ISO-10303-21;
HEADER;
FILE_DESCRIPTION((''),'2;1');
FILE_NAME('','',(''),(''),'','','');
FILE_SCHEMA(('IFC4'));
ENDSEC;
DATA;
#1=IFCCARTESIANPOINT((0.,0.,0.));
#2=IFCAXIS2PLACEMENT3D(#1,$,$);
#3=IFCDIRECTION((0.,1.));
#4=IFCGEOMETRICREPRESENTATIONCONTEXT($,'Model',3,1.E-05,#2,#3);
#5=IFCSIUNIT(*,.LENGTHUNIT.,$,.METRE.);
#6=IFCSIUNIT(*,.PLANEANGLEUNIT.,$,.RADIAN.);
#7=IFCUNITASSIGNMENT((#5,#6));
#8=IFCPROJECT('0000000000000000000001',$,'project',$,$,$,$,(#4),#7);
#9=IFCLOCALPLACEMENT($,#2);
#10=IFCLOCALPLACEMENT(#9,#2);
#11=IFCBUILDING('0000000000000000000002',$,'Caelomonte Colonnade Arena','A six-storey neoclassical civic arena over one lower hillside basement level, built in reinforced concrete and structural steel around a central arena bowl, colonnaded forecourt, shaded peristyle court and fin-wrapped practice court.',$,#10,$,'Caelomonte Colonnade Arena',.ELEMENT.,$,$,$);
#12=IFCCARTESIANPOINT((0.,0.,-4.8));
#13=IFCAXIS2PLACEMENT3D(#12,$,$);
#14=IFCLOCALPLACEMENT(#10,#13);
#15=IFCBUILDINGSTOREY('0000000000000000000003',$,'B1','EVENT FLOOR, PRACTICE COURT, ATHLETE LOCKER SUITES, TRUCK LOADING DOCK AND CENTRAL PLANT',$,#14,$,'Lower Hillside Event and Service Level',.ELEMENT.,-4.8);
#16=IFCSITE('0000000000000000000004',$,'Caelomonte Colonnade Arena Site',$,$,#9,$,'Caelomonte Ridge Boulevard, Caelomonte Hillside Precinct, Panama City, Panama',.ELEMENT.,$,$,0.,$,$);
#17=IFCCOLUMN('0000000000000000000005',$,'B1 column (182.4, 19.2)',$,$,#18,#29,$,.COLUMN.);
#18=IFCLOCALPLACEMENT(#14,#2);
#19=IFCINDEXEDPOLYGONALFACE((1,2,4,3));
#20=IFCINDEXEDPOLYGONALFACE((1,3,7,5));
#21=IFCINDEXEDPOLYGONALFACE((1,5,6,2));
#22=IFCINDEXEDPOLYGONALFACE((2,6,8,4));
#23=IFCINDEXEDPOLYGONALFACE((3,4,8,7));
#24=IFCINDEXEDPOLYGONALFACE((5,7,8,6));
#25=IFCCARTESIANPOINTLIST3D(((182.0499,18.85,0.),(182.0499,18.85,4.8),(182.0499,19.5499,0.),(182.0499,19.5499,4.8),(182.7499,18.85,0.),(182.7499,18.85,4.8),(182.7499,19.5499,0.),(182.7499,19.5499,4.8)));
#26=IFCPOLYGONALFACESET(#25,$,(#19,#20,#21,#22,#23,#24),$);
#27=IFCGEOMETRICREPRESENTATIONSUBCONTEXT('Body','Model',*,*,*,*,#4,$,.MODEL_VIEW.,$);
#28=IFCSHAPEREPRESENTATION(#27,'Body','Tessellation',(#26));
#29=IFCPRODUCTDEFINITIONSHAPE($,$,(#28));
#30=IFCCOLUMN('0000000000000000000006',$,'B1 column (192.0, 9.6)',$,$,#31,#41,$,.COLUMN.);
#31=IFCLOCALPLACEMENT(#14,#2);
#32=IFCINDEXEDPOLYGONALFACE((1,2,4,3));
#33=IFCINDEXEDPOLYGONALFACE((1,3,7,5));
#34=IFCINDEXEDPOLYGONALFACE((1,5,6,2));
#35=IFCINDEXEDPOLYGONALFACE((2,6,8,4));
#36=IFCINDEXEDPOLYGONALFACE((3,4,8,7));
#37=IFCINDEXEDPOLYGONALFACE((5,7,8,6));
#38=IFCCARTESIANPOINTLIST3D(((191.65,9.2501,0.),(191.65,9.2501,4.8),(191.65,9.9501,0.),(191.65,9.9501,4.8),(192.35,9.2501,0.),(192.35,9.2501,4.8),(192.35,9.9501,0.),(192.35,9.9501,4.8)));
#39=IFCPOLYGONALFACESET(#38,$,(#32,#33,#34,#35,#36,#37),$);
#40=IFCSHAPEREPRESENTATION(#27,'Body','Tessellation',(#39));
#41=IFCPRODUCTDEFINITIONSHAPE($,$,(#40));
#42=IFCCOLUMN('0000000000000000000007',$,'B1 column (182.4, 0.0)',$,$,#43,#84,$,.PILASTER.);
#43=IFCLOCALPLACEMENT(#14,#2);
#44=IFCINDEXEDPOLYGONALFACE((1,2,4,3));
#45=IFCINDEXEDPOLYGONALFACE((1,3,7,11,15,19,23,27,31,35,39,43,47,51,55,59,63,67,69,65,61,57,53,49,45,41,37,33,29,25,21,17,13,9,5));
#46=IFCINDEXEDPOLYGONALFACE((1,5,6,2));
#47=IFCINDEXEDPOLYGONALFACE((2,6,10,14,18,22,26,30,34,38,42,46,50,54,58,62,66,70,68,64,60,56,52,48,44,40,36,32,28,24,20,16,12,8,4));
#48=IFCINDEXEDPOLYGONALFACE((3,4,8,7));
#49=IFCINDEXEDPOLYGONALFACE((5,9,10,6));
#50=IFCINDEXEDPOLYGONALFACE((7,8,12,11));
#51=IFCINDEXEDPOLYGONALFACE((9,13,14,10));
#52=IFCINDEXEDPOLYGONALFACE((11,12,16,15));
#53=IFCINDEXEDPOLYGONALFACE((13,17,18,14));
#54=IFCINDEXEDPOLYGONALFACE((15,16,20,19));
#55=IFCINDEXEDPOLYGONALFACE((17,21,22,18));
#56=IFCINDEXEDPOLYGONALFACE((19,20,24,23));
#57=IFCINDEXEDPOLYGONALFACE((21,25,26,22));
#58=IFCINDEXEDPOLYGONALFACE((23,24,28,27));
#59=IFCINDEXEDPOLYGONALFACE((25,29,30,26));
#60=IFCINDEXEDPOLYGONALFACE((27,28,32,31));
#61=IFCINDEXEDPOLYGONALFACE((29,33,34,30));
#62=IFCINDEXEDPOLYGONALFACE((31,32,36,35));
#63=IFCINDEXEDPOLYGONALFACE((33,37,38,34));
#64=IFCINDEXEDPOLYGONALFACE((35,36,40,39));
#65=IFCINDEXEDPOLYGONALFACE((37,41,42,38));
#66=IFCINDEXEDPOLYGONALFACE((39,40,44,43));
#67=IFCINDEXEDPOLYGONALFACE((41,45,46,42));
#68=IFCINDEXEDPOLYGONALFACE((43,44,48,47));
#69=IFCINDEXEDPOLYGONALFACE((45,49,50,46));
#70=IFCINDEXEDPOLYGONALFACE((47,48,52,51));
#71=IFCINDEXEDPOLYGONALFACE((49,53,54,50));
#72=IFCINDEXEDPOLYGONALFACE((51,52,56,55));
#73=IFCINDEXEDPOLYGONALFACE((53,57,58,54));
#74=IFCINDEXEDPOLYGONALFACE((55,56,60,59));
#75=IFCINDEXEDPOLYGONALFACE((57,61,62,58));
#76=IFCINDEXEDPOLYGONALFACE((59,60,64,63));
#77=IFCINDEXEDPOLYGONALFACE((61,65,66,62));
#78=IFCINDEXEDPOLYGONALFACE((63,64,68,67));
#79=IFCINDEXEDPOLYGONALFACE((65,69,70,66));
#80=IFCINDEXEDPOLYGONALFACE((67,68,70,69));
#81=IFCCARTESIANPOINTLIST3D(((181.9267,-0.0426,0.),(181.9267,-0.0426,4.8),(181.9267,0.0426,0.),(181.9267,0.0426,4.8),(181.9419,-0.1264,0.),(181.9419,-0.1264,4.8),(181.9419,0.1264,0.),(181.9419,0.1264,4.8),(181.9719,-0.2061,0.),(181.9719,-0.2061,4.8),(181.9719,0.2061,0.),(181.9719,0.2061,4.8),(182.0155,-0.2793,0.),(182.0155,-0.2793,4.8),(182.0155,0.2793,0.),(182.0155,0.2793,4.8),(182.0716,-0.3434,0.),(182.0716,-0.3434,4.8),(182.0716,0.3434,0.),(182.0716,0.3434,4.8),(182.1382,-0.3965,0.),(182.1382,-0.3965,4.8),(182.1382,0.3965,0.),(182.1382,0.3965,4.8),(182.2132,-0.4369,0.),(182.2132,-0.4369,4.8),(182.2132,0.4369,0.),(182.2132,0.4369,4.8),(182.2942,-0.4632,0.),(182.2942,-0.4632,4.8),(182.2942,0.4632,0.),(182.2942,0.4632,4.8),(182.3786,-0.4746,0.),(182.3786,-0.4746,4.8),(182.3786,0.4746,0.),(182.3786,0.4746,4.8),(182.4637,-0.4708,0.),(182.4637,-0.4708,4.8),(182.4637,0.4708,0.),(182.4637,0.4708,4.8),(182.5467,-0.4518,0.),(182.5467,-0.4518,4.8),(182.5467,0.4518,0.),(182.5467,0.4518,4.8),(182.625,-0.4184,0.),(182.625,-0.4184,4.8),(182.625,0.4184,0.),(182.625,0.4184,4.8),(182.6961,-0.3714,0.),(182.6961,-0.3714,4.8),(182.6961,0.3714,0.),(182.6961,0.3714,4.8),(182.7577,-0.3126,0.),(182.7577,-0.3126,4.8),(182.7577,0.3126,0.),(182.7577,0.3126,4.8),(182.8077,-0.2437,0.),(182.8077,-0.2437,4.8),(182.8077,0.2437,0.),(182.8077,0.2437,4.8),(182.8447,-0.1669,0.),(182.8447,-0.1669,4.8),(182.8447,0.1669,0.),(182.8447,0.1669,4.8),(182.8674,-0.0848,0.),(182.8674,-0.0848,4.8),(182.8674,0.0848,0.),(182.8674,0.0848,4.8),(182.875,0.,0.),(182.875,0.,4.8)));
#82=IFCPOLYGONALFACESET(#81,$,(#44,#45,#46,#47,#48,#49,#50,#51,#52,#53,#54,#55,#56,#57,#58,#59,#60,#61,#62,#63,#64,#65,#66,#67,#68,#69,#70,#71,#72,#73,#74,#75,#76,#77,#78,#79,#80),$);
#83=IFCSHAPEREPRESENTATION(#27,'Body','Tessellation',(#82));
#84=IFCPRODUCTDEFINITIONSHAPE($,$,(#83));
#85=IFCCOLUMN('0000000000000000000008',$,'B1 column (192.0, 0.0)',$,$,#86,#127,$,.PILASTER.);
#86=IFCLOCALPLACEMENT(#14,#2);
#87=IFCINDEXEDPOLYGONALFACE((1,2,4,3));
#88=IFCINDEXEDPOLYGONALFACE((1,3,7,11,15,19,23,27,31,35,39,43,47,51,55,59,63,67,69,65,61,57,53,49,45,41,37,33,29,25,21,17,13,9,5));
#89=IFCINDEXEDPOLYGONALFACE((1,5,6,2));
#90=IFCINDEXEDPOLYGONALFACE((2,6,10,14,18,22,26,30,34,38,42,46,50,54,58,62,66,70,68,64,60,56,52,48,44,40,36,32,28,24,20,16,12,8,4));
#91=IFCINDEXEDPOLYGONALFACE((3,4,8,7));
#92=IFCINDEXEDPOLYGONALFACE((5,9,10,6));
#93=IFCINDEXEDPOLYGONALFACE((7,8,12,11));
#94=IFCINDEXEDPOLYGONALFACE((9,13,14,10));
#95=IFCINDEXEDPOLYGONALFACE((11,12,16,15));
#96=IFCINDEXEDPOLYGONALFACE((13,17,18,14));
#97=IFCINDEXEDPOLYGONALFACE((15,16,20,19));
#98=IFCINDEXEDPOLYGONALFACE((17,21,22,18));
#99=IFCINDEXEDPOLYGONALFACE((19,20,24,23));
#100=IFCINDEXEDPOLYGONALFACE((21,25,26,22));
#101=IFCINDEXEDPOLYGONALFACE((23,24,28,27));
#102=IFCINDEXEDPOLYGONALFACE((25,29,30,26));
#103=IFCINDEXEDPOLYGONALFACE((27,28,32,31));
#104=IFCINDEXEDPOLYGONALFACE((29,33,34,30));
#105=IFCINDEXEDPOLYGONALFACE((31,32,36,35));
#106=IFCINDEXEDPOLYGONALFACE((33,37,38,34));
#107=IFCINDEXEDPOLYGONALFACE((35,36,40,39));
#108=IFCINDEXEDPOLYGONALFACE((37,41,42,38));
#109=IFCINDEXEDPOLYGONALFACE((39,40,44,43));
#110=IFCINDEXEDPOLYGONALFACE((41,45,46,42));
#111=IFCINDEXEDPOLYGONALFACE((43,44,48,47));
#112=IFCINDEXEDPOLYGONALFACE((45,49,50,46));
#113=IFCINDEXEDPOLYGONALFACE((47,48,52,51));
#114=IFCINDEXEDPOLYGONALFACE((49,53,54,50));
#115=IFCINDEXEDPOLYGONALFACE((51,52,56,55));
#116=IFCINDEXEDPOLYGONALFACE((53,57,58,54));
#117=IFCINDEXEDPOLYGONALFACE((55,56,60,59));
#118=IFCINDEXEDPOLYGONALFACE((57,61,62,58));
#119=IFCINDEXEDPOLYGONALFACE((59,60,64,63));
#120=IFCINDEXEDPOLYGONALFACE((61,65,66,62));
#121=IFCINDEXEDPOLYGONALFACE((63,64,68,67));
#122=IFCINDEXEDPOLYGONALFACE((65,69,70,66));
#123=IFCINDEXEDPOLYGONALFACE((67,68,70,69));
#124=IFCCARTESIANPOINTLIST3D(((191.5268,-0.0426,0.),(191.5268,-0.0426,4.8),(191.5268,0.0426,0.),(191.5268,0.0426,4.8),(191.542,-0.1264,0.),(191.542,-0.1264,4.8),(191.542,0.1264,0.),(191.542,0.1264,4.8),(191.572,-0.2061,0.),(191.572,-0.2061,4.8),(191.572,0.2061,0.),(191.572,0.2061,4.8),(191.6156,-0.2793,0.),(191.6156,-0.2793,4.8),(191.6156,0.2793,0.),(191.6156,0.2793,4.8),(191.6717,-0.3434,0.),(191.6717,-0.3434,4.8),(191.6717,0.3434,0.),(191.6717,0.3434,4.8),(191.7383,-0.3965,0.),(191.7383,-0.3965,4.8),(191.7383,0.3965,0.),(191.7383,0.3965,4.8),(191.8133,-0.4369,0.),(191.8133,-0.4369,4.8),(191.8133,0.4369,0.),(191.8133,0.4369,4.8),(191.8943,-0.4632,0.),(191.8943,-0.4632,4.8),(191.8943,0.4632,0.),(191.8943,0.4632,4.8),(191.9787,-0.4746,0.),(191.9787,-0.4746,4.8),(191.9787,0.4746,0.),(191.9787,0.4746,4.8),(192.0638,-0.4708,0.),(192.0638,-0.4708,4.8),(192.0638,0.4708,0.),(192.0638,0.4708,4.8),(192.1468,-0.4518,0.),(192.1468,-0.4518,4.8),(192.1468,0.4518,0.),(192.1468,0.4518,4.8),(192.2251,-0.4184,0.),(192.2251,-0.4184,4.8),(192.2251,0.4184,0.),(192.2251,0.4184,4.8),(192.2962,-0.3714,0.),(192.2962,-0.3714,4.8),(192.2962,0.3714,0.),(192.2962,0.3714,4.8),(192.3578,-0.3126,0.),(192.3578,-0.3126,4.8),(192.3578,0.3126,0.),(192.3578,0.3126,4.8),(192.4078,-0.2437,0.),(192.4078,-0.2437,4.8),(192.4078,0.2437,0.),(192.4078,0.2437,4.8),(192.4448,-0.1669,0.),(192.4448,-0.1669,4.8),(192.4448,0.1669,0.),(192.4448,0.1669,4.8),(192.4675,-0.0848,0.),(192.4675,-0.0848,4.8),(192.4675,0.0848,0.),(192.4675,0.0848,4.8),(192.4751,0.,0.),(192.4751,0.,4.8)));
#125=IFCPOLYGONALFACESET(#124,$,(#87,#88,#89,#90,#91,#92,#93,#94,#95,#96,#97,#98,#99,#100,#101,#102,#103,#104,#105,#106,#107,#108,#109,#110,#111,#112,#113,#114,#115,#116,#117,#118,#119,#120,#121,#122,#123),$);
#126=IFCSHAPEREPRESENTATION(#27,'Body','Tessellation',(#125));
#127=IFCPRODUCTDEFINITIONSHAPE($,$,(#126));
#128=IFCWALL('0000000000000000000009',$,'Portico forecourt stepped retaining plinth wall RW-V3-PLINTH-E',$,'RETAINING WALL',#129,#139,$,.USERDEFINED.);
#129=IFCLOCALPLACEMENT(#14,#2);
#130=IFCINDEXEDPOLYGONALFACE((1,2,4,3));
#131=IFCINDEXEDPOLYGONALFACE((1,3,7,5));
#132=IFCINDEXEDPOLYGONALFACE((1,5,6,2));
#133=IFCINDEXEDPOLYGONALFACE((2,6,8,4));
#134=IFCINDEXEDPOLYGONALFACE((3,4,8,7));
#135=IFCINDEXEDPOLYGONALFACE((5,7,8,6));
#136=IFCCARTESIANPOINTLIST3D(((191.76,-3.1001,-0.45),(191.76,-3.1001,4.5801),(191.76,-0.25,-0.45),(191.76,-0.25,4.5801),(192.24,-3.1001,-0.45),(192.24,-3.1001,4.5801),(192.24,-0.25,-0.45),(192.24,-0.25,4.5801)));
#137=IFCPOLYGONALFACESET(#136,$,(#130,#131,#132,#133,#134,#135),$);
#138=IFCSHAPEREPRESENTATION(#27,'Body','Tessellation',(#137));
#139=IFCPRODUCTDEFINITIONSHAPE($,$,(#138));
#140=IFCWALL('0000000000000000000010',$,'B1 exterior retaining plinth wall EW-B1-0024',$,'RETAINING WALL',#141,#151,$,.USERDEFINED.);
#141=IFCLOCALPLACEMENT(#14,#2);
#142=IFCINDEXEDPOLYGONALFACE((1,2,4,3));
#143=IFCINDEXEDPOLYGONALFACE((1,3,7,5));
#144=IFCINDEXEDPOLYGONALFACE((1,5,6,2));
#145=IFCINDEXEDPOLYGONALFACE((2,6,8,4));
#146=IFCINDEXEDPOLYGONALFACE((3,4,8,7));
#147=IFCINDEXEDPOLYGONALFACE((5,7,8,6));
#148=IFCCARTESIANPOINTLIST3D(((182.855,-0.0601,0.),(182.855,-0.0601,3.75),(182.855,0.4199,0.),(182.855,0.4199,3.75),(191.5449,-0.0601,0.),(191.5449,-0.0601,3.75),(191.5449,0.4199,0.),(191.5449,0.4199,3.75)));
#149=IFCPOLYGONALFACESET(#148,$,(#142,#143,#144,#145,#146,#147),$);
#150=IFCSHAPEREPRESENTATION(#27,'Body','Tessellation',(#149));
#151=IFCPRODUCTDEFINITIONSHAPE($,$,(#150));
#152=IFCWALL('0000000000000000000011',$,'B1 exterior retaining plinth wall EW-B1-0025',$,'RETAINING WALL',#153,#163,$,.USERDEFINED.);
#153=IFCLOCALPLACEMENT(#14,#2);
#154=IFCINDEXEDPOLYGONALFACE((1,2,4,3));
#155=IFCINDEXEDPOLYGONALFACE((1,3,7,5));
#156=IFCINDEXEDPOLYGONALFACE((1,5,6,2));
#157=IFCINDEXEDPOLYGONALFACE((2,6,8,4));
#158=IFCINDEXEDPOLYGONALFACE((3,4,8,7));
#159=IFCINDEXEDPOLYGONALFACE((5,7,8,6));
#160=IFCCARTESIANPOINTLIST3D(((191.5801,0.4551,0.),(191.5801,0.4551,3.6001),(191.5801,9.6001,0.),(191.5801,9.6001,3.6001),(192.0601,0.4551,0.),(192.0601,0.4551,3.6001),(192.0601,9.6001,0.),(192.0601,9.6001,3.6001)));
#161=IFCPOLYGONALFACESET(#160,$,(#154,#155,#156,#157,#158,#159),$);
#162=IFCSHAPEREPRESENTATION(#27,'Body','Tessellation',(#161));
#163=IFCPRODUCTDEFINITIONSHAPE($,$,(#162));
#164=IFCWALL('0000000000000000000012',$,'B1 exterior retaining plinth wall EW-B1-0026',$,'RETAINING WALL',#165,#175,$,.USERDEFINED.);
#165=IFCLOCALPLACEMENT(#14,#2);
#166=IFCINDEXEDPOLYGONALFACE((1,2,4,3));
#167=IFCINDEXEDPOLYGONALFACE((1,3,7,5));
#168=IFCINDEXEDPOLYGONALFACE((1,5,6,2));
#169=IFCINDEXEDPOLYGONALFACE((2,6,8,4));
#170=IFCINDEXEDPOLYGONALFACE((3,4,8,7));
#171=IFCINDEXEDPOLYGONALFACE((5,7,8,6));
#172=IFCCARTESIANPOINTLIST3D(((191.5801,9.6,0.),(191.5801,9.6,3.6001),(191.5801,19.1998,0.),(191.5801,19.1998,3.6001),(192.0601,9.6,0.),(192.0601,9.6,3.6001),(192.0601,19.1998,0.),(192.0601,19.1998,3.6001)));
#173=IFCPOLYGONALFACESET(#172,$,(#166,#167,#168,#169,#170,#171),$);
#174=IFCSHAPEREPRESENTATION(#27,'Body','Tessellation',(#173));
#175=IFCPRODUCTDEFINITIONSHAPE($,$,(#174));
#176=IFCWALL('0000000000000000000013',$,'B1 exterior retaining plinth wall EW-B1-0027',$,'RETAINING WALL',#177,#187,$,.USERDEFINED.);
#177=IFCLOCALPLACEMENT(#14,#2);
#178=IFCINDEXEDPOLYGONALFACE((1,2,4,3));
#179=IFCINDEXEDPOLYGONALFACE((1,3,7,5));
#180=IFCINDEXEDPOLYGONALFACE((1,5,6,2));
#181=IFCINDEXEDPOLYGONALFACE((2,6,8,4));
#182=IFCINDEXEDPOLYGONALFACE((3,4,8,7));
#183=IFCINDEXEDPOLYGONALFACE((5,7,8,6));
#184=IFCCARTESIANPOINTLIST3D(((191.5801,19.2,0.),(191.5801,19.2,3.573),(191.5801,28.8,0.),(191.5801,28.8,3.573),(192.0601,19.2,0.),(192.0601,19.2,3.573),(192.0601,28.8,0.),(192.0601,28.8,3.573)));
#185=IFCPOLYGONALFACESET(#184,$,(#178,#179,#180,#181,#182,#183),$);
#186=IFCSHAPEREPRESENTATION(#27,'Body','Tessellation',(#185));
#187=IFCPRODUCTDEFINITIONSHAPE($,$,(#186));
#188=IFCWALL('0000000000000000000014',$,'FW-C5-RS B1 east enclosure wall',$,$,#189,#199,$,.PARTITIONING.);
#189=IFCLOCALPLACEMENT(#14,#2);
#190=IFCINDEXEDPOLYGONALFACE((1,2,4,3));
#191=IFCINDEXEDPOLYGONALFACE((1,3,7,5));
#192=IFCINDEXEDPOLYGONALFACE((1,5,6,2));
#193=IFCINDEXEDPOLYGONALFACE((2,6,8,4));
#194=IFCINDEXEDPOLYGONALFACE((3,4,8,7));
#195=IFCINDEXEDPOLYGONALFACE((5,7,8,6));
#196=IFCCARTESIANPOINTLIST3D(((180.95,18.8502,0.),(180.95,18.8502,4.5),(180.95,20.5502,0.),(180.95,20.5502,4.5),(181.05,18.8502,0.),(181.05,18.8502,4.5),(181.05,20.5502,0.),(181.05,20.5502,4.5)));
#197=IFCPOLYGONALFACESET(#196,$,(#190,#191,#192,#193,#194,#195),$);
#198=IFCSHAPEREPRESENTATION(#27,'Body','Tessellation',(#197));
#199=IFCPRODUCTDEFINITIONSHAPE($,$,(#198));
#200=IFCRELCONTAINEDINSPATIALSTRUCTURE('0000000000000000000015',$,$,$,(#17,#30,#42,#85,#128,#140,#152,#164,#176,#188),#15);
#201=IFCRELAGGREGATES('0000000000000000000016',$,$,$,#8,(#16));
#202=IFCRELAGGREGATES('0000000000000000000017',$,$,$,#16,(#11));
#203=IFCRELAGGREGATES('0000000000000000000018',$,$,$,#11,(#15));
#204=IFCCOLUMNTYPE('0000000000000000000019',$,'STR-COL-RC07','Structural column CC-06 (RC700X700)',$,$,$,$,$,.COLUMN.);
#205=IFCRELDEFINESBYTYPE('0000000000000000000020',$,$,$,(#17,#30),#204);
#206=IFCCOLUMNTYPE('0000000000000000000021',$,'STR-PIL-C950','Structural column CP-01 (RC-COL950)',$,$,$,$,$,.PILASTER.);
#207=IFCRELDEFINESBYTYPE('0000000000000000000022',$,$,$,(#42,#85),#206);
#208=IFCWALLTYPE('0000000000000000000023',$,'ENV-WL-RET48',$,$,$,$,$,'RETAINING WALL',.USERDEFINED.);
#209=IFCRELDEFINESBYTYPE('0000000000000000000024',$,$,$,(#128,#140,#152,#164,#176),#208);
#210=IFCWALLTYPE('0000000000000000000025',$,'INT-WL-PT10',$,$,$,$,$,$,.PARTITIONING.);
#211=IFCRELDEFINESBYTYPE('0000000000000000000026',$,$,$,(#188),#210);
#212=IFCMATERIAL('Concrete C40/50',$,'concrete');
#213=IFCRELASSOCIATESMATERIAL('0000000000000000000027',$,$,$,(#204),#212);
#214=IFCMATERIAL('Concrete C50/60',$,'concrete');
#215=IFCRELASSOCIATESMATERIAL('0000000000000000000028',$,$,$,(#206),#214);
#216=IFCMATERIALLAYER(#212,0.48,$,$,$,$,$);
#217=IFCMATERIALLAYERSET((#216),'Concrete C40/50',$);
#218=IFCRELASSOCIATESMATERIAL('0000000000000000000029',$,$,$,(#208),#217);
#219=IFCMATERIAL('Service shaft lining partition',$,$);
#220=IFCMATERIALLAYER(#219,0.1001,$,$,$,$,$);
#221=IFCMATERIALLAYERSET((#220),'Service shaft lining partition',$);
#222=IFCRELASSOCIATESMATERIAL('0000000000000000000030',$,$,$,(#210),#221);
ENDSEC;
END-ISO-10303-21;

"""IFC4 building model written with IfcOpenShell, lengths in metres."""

from ifc_helpers import new_model, si_unit, direction, frame, frame_2d, origin, origin_2d, place, context, subcontext, project, spatial, rectangle, circle, extrude, material, layer, layer_set, material_profile, profile_set, type_object, element, save


model = new_model("IFC4")

# Units and contexts
model_context = context("Model", 3, precision=1e-05, world=origin(), true_north=direction((0.0, 1.0)))
body_context = subcontext(model_context, "Body", "Model", "MODEL_VIEW")
ifc_project = project(units=[si_unit("LENGTHUNIT", "METRE"), si_unit("PLANEANGLEUNIT", "RADIAN")], contexts=[model_context])

# Site, building, storey
site_placement = place(None, origin())
site = spatial("IfcSite", under=ifc_project, at=site_placement, Name="Caelomonte Colonnade Arena Site", LongName="Caelomonte Ridge Boulevard, Caelomonte Hillside Precinct, Panama City, Panama", CompositionType="ELEMENT", RefElevation=0.0)
building_placement = place(site_placement, origin())
building = spatial("IfcBuilding", under=site, at=building_placement, Name="Caelomonte Colonnade Arena", Description="A six-storey neoclassical civic arena over one lower hillside basement level, built in reinforced concrete and structural steel around a central arena bowl, colonnaded forecourt, shaded peristyle court and fin-wrapped practice court.", LongName="Caelomonte Colonnade Arena", CompositionType="ELEMENT")
storey_placement = place(building_placement, frame((0.0, 0.0, -4.8)))
storey = spatial("IfcBuildingStorey", under=building, at=storey_placement, Name="B1", Description="EVENT FLOOR, PRACTICE COURT, ATHLETE LOCKER SUITES, TRUCK LOADING DOCK AND CENTRAL PLANT", LongName="Lower Hillside Event and Service Level", CompositionType="ELEMENT", Elevation=-4.8)

# Shared definitions
ifc_material_1 = material(Name="Concrete C40/50", Category="concrete")

# Columns
ifc_material_profile_1 = material_profile(ifc_material_1, rectangle(XDim=0.7, YDim=0.7, at=origin_2d()), Name="RC700X700")
ifc_profile_set_1 = profile_set([ifc_material_profile_1], Name="Concrete C40/50")
column_type_1 = type_object("IfcColumnType", Name="STR-COL-RC07", Description="Structural column CC-06 (RC700X700)", PredefinedType="COLUMN", material=ifc_profile_set_1)
for number, where, z_axis, x_axis, name in (
    (1, (182.3999, 19.2, 0.0), (0.0, 0.0, 1.0), (1.0, 0.0, 0.0), "B1 column (182.4, 19.2)"),
    (2, (192.0, 9.6001, 0.0), (0.0, 0.0, 1.0), (1.0, 0.0, 0.0), "B1 column (192.0, 9.6)"),
):
    element("IfcColumn", number, at=place(storey_placement, frame(where, z_axis=z_axis, x_axis=x_axis)), inside=storey, type_object=column_type_1, Name=name, PredefinedType="COLUMN", context=body_context, shape_type="SweptSolid", body=[
        extrude(rectangle(XDim=0.7, YDim=0.7, at=origin_2d()), origin(), (0.0, 0.0, 1.0), 4.8),
    ])
ifc_material_2 = material(Name="Concrete C50/60", Category="concrete")
ifc_material_profile_2 = material_profile(ifc_material_2, circle(Radius=0.4751, at=origin_2d()), Name="RC-COL950")
ifc_profile_set_2 = profile_set([ifc_material_profile_2], Name="Concrete C50/60")
column_type_2 = type_object("IfcColumnType", Name="STR-PIL-C950", Description="Structural column CP-01 (RC-COL950)", PredefinedType="PILASTER", material=ifc_profile_set_2)
for number, where, z_axis, x_axis, name in (
    (3, (182.3999, 0.0, 0.0), (0.0, 0.0, 1.0), (1.0, 0.0, 0.0), "B1 column (182.4, 0.0)"),
    (4, (192.0, 0.0, 0.0), (0.0, 0.0, 1.0), (1.0, 0.0, 0.0), "B1 column (192.0, 0.0)"),
):
    element("IfcColumn", number, at=place(storey_placement, frame(where, z_axis=z_axis, x_axis=x_axis)), inside=storey, type_object=column_type_2, Name=name, PredefinedType="PILASTER", context=body_context, shape_type="SweptSolid", body=[
        extrude(circle(Radius=0.4751, at=origin_2d()), origin(), (0.0, 0.0, 1.0), 4.8),
    ])

# Walls
ifc_layer_1 = layer(ifc_material_1, 0.48)
ifc_layer_set_1 = layer_set([ifc_layer_1], Name="Concrete C40/50")
wall_type_1 = type_object("IfcWallType", Name="ENV-WL-RET48", ElementType="RETAINING WALL", PredefinedType="USERDEFINED", material=ifc_layer_set_1)
wall_1_placement = place(storey_placement, frame((192.0, -3.1001, -0.45), z_axis=(0.0, 0.0, 1.0), x_axis=(0.0, 1.0, 0.0)))
element("IfcWall", 5, at=wall_1_placement, inside=storey, type_object=wall_type_1, Name="Portico forecourt stepped retaining plinth wall RW-V3-PLINTH-E", ObjectType="RETAINING WALL", PredefinedType="USERDEFINED", context=body_context, shape_type="SweptSolid", body=[
    extrude(rectangle(XDim=2.8501, YDim=0.48, at=frame_2d((1.425, 0.0))), origin(), (0.0, 0.0, 1.0), 5.03),
])
wall_2_placement = place(storey_placement, frame((182.855, 0.1799, 0.0), z_axis=(0.0, 0.0, 1.0), x_axis=(1.0, 0.0, 0.0)))
element("IfcWall", 6, at=wall_2_placement, inside=storey, type_object=wall_type_1, Name="B1 exterior retaining plinth wall EW-B1-0024", ObjectType="RETAINING WALL", PredefinedType="USERDEFINED", context=body_context, shape_type="SweptSolid", body=[
    extrude(rectangle(XDim=8.6899, YDim=0.48, at=frame_2d((4.345, 0.0))), origin(), (0.0, 0.0, 1.0), 3.75),
])
wall_3_placement = place(storey_placement, frame((191.8201, 0.4551, 0.0), z_axis=(0.0, 0.0, 1.0), x_axis=(0.0, 1.0, 0.0)))
element("IfcWall", 7, at=wall_3_placement, inside=storey, type_object=wall_type_1, Name="B1 exterior retaining plinth wall EW-B1-0025", ObjectType="RETAINING WALL", PredefinedType="USERDEFINED", context=body_context, shape_type="SweptSolid", body=[
    extrude(rectangle(XDim=9.145, YDim=0.48, at=frame_2d((4.5725, 0.0))), origin(), (0.0, 0.0, 1.0), 3.6001),
])
wall_4_placement = place(storey_placement, frame((191.8201, 9.6001, 0.0), z_axis=(0.0, 0.0, 1.0), x_axis=(0.0, 1.0, 0.0)))
element("IfcWall", 8, at=wall_4_placement, inside=storey, type_object=wall_type_1, Name="B1 exterior retaining plinth wall EW-B1-0026", ObjectType="RETAINING WALL", PredefinedType="USERDEFINED", context=body_context, shape_type="SweptSolid", body=[
    extrude(rectangle(XDim=9.5999, YDim=0.48, at=frame_2d((4.7998, 0.0))), origin(), (0.0, 0.0, 1.0), 3.6001),
])
wall_5_placement = place(storey_placement, frame((191.8201, 19.2, 0.0), z_axis=(0.0, 0.0, 1.0), x_axis=(0.0, 1.0, 0.0)))
element("IfcWall", 9, at=wall_5_placement, inside=storey, type_object=wall_type_1, Name="B1 exterior retaining plinth wall EW-B1-0027", ObjectType="RETAINING WALL", PredefinedType="USERDEFINED", context=body_context, shape_type="SweptSolid", body=[
    extrude(rectangle(XDim=9.6001, YDim=0.48, at=frame_2d((4.8, 0.0))), origin(), (0.0, 0.0, 1.0), 3.573),
])
ifc_material_3 = material(Name="Service shaft lining partition")
ifc_layer_2 = layer(ifc_material_3, 0.1001)
ifc_layer_set_2 = layer_set([ifc_layer_2], Name="Service shaft lining partition")
wall_type_2 = type_object("IfcWallType", Name="INT-WL-PT10", PredefinedType="PARTITIONING", material=ifc_layer_set_2)
wall_6_placement = place(storey_placement, frame((181.0, 18.8501, 0.0), z_axis=(0.0, 0.0, 1.0), x_axis=(0.0, 1.0, 0.0)))
element("IfcWall", 10, at=wall_6_placement, inside=storey, type_object=wall_type_2, Name="FW-C5-RS B1 east enclosure wall", PredefinedType="PARTITIONING", context=body_context, shape_type="SweptSolid", body=[
    extrude(rectangle(XDim=1.7, YDim=0.1001, at=frame_2d((0.8501, 0.0))), origin(), (0.0, 0.0, 1.0), 4.5),
])

save(model, "model.ifc")
